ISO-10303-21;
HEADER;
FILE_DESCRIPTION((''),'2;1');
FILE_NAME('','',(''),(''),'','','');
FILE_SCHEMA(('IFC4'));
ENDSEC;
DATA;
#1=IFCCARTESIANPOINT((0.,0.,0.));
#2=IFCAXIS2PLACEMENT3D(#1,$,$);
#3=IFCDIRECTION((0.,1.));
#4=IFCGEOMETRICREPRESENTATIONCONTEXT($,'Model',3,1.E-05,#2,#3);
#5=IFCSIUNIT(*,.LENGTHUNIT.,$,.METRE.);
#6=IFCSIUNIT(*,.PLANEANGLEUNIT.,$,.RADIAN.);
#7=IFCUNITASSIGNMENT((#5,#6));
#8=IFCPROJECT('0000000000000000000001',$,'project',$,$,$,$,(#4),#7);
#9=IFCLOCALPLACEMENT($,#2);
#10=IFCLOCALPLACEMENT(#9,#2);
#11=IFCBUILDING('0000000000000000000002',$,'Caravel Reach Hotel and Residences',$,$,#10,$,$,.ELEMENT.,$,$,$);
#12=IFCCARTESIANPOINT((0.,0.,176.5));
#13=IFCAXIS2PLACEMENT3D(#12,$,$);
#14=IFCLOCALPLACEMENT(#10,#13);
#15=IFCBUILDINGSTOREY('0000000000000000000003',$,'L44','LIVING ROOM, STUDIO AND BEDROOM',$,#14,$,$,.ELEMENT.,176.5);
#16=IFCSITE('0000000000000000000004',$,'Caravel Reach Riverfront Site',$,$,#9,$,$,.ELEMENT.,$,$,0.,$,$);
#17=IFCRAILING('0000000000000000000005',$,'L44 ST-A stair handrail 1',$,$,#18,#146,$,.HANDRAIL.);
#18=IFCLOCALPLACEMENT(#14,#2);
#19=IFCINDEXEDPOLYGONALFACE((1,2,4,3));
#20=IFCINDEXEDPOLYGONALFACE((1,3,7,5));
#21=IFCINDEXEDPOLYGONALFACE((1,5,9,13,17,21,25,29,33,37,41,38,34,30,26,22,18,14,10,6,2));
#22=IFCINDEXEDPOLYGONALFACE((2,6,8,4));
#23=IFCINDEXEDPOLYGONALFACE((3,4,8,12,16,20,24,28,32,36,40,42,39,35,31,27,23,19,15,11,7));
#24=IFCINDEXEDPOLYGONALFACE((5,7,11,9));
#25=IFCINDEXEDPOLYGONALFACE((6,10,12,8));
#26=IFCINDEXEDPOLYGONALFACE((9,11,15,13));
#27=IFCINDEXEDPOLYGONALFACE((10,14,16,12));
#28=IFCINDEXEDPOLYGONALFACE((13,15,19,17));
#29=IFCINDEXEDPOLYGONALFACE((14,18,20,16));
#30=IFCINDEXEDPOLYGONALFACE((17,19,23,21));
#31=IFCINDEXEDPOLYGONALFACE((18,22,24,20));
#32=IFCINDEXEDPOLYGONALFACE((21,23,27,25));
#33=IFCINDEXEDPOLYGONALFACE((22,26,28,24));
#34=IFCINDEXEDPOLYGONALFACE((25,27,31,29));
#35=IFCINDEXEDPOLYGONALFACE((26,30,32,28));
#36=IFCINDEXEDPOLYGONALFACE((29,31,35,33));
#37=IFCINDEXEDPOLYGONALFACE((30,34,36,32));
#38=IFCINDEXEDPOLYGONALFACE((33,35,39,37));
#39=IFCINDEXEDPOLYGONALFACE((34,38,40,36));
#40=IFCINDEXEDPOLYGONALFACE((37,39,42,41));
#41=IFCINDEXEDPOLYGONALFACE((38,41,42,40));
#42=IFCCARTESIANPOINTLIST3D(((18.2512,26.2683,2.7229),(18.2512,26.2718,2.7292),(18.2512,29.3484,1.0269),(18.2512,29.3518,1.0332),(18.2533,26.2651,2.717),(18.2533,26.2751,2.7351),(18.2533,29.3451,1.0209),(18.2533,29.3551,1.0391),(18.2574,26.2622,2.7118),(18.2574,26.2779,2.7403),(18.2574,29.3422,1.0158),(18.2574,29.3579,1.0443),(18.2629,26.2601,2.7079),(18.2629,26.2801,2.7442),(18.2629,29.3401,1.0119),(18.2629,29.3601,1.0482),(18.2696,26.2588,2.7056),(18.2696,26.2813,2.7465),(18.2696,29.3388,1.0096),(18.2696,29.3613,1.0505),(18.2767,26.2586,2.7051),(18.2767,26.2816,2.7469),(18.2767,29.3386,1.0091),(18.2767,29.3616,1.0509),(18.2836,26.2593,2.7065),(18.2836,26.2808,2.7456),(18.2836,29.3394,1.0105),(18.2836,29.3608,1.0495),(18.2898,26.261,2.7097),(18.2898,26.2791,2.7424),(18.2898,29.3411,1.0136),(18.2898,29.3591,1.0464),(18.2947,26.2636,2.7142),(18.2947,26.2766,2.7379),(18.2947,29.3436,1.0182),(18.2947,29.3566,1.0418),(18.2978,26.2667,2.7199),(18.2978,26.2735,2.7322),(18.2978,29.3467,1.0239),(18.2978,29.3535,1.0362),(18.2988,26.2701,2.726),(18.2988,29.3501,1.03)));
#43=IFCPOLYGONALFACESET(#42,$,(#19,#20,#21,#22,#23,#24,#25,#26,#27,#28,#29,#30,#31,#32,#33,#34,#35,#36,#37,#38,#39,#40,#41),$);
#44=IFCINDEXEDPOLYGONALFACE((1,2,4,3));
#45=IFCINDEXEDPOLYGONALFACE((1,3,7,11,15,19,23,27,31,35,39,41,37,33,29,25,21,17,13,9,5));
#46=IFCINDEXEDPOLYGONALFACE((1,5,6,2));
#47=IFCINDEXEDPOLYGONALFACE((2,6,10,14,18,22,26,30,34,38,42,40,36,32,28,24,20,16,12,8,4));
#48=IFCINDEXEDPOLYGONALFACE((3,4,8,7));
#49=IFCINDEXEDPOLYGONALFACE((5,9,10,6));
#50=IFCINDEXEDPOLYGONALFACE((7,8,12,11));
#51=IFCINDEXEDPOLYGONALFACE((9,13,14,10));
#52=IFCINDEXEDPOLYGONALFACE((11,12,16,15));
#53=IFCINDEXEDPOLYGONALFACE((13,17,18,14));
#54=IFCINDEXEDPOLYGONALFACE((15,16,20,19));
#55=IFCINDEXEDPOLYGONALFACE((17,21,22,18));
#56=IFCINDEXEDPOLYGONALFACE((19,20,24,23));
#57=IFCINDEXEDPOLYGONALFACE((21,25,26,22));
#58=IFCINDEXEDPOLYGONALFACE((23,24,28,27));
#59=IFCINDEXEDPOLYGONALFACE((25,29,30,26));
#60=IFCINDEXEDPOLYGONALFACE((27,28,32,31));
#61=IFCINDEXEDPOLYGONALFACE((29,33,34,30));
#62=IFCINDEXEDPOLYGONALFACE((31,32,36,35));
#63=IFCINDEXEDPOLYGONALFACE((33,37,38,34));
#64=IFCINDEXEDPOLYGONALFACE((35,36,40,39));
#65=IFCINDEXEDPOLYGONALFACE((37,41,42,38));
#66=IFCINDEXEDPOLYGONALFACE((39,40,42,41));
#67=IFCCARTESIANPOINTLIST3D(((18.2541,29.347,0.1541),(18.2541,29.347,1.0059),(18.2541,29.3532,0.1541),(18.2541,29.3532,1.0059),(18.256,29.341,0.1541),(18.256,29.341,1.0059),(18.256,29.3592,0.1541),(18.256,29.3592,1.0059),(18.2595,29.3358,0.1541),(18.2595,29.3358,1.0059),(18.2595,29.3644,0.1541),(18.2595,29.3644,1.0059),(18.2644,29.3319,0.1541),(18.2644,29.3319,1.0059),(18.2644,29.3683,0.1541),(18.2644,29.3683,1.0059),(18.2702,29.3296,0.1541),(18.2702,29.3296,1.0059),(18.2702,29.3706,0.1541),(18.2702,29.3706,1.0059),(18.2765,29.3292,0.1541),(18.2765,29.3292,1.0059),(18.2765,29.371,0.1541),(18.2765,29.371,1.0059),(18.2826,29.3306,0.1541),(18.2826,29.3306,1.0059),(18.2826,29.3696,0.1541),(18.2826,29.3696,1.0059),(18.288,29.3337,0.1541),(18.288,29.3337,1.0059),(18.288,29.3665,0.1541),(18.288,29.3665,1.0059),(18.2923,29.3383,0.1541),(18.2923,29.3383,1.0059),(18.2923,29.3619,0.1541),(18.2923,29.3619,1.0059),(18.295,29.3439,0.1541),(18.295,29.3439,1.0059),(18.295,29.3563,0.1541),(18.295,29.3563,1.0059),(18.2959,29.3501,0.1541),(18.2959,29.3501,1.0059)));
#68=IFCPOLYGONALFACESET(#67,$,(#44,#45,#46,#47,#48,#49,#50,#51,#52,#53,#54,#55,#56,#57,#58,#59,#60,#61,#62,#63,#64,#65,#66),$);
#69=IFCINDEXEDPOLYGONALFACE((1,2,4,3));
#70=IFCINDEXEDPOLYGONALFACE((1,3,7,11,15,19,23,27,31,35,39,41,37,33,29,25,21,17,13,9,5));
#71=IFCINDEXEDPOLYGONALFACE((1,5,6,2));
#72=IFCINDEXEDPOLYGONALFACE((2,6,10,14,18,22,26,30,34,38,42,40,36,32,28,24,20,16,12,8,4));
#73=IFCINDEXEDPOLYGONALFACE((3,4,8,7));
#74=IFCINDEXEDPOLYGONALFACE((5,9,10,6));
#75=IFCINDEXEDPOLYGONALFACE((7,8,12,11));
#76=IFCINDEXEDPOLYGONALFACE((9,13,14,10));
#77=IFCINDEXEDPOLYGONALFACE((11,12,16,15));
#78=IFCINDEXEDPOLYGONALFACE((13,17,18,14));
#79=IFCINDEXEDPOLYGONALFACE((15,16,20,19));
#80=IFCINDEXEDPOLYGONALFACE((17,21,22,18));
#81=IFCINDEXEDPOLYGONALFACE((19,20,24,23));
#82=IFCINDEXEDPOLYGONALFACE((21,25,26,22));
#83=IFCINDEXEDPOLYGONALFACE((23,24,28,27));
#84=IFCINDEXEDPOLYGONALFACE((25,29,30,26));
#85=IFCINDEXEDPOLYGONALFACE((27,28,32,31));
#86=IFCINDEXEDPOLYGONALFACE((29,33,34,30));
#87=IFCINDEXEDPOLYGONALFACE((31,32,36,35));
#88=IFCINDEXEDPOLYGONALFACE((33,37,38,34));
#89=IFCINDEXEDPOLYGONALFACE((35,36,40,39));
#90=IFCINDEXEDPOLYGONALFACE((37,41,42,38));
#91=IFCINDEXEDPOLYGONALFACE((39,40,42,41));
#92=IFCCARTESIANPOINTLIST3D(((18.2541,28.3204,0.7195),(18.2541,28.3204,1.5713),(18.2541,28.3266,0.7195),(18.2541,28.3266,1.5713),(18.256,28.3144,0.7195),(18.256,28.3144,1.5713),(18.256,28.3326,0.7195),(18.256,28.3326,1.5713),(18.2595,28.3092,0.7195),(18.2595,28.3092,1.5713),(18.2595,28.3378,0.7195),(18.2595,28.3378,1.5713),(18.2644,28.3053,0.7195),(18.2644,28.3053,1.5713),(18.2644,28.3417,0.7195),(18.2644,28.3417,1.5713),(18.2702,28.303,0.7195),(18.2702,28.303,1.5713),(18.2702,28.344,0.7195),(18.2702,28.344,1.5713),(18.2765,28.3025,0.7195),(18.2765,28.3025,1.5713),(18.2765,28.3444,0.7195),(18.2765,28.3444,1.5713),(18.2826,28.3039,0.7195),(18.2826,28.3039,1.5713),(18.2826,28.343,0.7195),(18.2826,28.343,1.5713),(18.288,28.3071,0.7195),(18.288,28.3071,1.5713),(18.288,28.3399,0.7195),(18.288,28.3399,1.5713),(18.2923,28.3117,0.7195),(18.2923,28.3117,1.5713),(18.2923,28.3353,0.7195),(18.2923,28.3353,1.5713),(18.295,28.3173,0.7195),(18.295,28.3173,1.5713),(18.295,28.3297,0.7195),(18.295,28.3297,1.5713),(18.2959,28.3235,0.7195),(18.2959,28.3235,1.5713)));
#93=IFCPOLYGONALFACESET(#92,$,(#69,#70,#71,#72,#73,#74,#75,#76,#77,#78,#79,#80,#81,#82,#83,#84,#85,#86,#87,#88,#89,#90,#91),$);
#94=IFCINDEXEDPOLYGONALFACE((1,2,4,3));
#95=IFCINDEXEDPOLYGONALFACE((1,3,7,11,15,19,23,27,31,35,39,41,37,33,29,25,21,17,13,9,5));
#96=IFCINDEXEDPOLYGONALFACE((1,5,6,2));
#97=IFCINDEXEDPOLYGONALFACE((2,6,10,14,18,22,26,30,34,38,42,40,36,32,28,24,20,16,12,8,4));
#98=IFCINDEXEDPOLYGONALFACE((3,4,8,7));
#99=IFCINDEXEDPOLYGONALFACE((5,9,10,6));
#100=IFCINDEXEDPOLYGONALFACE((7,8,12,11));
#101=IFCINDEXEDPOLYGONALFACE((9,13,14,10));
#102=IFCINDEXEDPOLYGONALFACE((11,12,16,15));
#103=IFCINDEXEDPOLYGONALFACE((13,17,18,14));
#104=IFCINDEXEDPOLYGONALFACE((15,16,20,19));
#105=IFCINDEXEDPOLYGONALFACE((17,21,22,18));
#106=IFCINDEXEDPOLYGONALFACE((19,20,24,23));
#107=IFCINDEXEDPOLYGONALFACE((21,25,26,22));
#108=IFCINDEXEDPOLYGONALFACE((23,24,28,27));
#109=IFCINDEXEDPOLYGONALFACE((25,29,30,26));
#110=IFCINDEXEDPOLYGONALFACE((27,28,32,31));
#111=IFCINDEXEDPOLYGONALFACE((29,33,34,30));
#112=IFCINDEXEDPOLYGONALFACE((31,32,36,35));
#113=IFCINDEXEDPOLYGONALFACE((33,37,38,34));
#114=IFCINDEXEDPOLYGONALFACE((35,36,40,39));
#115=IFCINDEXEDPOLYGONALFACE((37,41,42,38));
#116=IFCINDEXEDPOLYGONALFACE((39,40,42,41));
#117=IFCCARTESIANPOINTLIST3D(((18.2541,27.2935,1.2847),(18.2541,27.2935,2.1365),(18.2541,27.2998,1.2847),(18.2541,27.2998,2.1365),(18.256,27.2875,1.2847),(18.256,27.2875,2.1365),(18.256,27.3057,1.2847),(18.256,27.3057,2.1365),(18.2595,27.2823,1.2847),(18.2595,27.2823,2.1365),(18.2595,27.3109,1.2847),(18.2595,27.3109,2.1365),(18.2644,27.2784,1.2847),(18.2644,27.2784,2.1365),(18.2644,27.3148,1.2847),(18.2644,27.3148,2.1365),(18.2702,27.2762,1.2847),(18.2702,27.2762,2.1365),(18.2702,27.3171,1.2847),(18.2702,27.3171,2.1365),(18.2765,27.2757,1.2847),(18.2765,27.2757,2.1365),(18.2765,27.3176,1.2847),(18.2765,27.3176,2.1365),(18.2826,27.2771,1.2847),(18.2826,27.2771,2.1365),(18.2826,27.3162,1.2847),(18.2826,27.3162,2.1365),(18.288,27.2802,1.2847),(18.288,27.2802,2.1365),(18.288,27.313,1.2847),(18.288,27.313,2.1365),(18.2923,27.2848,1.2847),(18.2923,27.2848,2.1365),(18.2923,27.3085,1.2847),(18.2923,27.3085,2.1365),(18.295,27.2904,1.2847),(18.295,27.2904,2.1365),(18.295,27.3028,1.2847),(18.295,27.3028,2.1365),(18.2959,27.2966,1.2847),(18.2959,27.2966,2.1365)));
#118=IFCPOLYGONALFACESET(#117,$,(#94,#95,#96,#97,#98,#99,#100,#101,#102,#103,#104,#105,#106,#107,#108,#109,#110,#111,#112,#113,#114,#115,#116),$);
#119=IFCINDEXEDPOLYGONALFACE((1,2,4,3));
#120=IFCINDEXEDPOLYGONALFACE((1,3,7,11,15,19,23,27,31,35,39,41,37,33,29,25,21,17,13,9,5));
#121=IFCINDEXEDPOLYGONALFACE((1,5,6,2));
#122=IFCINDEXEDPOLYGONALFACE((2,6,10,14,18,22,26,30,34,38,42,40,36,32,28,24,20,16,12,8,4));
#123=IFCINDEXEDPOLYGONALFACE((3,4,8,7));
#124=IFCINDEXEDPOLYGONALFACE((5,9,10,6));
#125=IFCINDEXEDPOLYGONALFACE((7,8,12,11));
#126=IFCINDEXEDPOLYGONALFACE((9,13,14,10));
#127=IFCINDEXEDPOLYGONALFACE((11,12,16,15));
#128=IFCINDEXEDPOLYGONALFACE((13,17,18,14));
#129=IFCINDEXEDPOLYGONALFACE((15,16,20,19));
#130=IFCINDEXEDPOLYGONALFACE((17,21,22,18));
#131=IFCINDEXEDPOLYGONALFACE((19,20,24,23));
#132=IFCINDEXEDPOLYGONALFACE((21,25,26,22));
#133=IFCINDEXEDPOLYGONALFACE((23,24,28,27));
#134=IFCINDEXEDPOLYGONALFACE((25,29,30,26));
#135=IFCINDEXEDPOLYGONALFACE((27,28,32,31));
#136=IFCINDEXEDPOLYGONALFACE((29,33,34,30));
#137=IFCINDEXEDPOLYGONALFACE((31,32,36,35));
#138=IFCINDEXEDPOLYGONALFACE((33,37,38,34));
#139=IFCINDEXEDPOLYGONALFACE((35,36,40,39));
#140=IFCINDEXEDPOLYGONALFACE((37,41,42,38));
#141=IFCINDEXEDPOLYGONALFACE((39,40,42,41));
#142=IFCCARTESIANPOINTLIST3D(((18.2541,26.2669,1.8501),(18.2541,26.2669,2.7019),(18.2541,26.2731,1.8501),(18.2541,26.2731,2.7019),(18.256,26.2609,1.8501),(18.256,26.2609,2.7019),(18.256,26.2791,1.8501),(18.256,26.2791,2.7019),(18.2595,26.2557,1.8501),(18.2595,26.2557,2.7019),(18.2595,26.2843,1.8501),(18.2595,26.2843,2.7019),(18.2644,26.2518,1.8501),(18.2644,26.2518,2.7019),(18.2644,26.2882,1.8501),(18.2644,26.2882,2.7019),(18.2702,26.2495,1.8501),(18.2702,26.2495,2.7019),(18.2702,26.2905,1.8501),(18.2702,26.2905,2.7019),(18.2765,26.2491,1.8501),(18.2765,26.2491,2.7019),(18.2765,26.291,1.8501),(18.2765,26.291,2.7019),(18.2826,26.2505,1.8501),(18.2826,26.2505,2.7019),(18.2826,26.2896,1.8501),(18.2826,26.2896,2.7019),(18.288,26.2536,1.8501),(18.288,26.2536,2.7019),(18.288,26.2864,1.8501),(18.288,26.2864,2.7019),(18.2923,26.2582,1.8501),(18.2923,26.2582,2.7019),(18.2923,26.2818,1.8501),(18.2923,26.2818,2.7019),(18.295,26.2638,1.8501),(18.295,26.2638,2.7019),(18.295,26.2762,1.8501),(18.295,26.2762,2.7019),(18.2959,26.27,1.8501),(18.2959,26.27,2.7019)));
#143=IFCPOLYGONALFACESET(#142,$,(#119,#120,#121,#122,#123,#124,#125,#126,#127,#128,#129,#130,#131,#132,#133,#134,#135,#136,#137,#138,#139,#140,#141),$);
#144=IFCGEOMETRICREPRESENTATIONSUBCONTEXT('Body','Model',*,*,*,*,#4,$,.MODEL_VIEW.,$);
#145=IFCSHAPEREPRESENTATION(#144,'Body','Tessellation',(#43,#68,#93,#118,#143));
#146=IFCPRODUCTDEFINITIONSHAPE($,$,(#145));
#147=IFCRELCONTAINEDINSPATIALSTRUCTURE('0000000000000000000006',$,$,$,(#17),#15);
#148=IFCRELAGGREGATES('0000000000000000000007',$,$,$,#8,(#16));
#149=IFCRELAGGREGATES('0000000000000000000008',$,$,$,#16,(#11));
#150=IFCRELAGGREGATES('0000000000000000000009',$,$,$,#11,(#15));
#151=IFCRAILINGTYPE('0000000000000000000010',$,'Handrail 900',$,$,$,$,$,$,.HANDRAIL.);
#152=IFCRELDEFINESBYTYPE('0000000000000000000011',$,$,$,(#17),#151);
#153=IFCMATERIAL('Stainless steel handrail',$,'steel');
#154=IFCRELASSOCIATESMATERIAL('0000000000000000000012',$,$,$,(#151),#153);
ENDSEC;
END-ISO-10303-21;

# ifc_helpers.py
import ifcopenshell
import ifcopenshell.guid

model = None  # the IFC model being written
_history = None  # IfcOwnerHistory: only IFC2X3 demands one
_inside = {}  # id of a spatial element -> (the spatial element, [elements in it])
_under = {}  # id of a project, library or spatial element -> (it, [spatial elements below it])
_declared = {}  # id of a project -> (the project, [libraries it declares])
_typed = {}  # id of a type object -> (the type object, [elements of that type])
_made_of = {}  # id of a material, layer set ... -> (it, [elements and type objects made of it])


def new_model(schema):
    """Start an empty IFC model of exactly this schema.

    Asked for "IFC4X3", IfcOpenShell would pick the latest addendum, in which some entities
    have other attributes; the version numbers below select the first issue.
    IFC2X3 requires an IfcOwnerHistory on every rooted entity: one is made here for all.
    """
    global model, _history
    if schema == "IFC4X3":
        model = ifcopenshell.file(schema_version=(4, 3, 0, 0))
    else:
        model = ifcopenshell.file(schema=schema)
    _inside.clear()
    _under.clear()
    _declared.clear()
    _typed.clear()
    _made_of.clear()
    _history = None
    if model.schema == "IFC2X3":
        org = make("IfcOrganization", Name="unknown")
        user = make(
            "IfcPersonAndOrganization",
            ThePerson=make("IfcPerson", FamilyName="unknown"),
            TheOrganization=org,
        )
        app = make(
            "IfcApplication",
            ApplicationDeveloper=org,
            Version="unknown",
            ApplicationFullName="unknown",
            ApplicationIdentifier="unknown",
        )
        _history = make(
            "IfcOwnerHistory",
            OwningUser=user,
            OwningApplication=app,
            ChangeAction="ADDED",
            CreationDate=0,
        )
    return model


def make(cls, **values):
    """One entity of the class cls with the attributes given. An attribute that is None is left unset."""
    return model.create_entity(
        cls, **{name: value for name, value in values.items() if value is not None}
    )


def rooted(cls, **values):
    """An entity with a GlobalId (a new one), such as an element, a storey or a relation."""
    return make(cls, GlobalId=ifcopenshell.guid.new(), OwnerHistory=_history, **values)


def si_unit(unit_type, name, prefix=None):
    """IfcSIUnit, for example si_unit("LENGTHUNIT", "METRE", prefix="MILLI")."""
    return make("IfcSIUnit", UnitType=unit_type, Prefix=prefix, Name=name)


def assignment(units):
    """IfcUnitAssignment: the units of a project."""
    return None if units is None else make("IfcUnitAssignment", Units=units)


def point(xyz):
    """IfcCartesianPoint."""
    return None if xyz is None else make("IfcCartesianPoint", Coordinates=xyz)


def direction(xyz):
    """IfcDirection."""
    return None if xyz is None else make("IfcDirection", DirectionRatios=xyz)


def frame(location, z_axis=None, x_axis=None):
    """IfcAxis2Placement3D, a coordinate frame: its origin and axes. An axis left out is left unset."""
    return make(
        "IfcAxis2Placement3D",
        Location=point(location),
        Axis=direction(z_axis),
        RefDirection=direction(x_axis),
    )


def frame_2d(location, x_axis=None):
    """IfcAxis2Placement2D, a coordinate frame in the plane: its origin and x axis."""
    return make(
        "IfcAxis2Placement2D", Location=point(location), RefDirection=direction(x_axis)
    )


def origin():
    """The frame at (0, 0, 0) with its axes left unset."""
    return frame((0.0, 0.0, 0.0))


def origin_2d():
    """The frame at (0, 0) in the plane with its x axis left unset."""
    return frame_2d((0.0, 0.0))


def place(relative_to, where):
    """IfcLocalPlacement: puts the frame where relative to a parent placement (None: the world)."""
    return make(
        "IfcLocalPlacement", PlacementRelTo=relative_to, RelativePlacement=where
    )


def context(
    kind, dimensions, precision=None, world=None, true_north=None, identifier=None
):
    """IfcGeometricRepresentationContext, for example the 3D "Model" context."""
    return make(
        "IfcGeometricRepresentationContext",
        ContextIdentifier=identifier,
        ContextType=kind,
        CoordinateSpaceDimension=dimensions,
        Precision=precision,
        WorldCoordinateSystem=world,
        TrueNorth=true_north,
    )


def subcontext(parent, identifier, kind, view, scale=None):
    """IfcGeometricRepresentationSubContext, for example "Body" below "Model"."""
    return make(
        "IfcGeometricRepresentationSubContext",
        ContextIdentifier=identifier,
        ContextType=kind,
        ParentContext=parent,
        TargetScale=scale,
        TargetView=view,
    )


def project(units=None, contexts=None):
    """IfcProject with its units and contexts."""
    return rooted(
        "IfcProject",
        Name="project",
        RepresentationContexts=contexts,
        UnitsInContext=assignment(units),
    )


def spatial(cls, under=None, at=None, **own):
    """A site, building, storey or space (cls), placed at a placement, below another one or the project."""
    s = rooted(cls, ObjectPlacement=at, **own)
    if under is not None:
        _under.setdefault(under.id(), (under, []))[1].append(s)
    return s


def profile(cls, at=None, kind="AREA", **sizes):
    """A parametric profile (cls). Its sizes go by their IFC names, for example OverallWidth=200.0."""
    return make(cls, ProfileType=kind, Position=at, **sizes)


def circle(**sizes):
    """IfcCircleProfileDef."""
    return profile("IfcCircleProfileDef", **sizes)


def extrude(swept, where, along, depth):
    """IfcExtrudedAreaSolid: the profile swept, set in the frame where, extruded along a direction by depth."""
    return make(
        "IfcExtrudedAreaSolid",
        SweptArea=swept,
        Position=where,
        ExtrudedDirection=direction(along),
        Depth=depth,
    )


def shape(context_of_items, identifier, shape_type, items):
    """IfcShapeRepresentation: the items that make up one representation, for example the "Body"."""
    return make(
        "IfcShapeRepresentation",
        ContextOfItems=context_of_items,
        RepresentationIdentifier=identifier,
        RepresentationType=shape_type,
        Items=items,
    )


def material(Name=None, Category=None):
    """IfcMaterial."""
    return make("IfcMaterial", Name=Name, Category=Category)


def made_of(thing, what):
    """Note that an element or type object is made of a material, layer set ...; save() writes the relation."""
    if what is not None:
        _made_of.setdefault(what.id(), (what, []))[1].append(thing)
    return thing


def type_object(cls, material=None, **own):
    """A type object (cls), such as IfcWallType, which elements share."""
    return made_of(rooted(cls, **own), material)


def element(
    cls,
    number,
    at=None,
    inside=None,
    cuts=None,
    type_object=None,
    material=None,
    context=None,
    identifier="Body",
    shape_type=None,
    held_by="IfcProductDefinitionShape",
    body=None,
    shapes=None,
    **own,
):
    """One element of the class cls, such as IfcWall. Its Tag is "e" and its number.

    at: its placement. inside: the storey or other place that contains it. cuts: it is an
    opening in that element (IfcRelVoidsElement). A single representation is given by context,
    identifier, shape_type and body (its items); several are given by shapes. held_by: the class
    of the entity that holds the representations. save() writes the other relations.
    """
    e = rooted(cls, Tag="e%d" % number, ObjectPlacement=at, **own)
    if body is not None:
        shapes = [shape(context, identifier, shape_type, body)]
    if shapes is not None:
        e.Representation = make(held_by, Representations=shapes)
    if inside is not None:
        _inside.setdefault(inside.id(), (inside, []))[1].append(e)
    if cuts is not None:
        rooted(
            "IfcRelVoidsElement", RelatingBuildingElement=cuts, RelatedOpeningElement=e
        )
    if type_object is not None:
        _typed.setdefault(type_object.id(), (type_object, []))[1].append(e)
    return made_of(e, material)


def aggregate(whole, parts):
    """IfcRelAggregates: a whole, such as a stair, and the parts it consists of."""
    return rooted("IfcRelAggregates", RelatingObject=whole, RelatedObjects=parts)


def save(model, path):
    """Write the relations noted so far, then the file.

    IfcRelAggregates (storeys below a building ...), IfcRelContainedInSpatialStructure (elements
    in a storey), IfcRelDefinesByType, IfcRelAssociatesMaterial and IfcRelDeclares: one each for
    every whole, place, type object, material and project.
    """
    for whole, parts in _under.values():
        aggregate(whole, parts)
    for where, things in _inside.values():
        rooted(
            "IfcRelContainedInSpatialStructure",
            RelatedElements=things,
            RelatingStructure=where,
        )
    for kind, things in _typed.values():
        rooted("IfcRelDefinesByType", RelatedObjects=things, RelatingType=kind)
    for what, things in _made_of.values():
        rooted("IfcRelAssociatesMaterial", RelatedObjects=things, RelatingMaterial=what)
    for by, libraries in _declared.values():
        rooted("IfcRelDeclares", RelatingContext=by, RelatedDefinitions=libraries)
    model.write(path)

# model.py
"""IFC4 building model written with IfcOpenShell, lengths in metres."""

from ifc_helpers import new_model, si_unit, direction, frame, origin, origin_2d, place, context, subcontext, project, spatial, circle, extrude, material, type_object, element, save


model = new_model("IFC4")

# Units and contexts
model_context = context("Model", 3, precision=1e-05, world=origin(), true_north=direction((0.0, 1.0)))
body_context = subcontext(model_context, "Body", "Model", "MODEL_VIEW")
ifc_project = project(units=[si_unit("LENGTHUNIT", "METRE"), si_unit("PLANEANGLEUNIT", "RADIAN")], contexts=[model_context])

# Site, building, storey
site_placement = place(None, origin())
site = spatial("IfcSite", under=ifc_project, at=site_placement, Name="Caravel Reach Riverfront Site", CompositionType="ELEMENT", RefElevation=0.0)
building_placement = place(site_placement, origin())
building = spatial("IfcBuilding", under=site, at=building_placement, Name="Caravel Reach Hotel and Residences", CompositionType="ELEMENT")
storey_placement = place(building_placement, frame((0.0, 0.0, 176.5)))
storey = spatial("IfcBuildingStorey", under=building, at=storey_placement, Name="L44", Description="LIVING ROOM, STUDIO AND BEDROOM", CompositionType="ELEMENT", Elevation=176.5)

# Railing
ifc_material_1 = material(Name="Stainless steel handrail", Category="steel")
railing_type_1 = type_object("IfcRailingType", Name="Handrail 900", PredefinedType="HANDRAIL", material=ifc_material_1)
railing_1_placement = place(storey_placement, frame((18.2749, 29.3501, 0.1541)))
element("IfcRailing", 1, at=railing_1_placement, inside=storey, type_object=railing_type_1, Name="L44 ST-A stair handrail 1", PredefinedType="HANDRAIL", context=body_context, shape_type="SweptSolid", body=[
    extrude(circle(Radius=0.0239, at=origin_2d()), frame((0.0, 0.0, 0.876), z_axis=(0.0, -0.875975, 0.482356), x_axis=(1.0, 0.0, 0.0)), (0.0, 0.0, 1.0), 3.5161),
    extrude(circle(Radius=0.021, at=origin_2d()), origin(), (0.0, 0.0, 1.0), 0.8518),
    extrude(circle(Radius=0.021, at=origin_2d()), frame((0.0, -1.0266, 0.5654)), (0.0, 0.0, 1.0), 0.8518),
    extrude(circle(Radius=0.021, at=origin_2d()), frame((0.0, -2.0535, 1.1306)), (0.0, 0.0, 1.0), 0.8518),
    extrude(circle(Radius=0.021, at=origin_2d()), frame((0.0, -3.0801, 1.696)), (0.0, 0.0, 1.0), 0.8518),
])

save(model, "model.ifc")
